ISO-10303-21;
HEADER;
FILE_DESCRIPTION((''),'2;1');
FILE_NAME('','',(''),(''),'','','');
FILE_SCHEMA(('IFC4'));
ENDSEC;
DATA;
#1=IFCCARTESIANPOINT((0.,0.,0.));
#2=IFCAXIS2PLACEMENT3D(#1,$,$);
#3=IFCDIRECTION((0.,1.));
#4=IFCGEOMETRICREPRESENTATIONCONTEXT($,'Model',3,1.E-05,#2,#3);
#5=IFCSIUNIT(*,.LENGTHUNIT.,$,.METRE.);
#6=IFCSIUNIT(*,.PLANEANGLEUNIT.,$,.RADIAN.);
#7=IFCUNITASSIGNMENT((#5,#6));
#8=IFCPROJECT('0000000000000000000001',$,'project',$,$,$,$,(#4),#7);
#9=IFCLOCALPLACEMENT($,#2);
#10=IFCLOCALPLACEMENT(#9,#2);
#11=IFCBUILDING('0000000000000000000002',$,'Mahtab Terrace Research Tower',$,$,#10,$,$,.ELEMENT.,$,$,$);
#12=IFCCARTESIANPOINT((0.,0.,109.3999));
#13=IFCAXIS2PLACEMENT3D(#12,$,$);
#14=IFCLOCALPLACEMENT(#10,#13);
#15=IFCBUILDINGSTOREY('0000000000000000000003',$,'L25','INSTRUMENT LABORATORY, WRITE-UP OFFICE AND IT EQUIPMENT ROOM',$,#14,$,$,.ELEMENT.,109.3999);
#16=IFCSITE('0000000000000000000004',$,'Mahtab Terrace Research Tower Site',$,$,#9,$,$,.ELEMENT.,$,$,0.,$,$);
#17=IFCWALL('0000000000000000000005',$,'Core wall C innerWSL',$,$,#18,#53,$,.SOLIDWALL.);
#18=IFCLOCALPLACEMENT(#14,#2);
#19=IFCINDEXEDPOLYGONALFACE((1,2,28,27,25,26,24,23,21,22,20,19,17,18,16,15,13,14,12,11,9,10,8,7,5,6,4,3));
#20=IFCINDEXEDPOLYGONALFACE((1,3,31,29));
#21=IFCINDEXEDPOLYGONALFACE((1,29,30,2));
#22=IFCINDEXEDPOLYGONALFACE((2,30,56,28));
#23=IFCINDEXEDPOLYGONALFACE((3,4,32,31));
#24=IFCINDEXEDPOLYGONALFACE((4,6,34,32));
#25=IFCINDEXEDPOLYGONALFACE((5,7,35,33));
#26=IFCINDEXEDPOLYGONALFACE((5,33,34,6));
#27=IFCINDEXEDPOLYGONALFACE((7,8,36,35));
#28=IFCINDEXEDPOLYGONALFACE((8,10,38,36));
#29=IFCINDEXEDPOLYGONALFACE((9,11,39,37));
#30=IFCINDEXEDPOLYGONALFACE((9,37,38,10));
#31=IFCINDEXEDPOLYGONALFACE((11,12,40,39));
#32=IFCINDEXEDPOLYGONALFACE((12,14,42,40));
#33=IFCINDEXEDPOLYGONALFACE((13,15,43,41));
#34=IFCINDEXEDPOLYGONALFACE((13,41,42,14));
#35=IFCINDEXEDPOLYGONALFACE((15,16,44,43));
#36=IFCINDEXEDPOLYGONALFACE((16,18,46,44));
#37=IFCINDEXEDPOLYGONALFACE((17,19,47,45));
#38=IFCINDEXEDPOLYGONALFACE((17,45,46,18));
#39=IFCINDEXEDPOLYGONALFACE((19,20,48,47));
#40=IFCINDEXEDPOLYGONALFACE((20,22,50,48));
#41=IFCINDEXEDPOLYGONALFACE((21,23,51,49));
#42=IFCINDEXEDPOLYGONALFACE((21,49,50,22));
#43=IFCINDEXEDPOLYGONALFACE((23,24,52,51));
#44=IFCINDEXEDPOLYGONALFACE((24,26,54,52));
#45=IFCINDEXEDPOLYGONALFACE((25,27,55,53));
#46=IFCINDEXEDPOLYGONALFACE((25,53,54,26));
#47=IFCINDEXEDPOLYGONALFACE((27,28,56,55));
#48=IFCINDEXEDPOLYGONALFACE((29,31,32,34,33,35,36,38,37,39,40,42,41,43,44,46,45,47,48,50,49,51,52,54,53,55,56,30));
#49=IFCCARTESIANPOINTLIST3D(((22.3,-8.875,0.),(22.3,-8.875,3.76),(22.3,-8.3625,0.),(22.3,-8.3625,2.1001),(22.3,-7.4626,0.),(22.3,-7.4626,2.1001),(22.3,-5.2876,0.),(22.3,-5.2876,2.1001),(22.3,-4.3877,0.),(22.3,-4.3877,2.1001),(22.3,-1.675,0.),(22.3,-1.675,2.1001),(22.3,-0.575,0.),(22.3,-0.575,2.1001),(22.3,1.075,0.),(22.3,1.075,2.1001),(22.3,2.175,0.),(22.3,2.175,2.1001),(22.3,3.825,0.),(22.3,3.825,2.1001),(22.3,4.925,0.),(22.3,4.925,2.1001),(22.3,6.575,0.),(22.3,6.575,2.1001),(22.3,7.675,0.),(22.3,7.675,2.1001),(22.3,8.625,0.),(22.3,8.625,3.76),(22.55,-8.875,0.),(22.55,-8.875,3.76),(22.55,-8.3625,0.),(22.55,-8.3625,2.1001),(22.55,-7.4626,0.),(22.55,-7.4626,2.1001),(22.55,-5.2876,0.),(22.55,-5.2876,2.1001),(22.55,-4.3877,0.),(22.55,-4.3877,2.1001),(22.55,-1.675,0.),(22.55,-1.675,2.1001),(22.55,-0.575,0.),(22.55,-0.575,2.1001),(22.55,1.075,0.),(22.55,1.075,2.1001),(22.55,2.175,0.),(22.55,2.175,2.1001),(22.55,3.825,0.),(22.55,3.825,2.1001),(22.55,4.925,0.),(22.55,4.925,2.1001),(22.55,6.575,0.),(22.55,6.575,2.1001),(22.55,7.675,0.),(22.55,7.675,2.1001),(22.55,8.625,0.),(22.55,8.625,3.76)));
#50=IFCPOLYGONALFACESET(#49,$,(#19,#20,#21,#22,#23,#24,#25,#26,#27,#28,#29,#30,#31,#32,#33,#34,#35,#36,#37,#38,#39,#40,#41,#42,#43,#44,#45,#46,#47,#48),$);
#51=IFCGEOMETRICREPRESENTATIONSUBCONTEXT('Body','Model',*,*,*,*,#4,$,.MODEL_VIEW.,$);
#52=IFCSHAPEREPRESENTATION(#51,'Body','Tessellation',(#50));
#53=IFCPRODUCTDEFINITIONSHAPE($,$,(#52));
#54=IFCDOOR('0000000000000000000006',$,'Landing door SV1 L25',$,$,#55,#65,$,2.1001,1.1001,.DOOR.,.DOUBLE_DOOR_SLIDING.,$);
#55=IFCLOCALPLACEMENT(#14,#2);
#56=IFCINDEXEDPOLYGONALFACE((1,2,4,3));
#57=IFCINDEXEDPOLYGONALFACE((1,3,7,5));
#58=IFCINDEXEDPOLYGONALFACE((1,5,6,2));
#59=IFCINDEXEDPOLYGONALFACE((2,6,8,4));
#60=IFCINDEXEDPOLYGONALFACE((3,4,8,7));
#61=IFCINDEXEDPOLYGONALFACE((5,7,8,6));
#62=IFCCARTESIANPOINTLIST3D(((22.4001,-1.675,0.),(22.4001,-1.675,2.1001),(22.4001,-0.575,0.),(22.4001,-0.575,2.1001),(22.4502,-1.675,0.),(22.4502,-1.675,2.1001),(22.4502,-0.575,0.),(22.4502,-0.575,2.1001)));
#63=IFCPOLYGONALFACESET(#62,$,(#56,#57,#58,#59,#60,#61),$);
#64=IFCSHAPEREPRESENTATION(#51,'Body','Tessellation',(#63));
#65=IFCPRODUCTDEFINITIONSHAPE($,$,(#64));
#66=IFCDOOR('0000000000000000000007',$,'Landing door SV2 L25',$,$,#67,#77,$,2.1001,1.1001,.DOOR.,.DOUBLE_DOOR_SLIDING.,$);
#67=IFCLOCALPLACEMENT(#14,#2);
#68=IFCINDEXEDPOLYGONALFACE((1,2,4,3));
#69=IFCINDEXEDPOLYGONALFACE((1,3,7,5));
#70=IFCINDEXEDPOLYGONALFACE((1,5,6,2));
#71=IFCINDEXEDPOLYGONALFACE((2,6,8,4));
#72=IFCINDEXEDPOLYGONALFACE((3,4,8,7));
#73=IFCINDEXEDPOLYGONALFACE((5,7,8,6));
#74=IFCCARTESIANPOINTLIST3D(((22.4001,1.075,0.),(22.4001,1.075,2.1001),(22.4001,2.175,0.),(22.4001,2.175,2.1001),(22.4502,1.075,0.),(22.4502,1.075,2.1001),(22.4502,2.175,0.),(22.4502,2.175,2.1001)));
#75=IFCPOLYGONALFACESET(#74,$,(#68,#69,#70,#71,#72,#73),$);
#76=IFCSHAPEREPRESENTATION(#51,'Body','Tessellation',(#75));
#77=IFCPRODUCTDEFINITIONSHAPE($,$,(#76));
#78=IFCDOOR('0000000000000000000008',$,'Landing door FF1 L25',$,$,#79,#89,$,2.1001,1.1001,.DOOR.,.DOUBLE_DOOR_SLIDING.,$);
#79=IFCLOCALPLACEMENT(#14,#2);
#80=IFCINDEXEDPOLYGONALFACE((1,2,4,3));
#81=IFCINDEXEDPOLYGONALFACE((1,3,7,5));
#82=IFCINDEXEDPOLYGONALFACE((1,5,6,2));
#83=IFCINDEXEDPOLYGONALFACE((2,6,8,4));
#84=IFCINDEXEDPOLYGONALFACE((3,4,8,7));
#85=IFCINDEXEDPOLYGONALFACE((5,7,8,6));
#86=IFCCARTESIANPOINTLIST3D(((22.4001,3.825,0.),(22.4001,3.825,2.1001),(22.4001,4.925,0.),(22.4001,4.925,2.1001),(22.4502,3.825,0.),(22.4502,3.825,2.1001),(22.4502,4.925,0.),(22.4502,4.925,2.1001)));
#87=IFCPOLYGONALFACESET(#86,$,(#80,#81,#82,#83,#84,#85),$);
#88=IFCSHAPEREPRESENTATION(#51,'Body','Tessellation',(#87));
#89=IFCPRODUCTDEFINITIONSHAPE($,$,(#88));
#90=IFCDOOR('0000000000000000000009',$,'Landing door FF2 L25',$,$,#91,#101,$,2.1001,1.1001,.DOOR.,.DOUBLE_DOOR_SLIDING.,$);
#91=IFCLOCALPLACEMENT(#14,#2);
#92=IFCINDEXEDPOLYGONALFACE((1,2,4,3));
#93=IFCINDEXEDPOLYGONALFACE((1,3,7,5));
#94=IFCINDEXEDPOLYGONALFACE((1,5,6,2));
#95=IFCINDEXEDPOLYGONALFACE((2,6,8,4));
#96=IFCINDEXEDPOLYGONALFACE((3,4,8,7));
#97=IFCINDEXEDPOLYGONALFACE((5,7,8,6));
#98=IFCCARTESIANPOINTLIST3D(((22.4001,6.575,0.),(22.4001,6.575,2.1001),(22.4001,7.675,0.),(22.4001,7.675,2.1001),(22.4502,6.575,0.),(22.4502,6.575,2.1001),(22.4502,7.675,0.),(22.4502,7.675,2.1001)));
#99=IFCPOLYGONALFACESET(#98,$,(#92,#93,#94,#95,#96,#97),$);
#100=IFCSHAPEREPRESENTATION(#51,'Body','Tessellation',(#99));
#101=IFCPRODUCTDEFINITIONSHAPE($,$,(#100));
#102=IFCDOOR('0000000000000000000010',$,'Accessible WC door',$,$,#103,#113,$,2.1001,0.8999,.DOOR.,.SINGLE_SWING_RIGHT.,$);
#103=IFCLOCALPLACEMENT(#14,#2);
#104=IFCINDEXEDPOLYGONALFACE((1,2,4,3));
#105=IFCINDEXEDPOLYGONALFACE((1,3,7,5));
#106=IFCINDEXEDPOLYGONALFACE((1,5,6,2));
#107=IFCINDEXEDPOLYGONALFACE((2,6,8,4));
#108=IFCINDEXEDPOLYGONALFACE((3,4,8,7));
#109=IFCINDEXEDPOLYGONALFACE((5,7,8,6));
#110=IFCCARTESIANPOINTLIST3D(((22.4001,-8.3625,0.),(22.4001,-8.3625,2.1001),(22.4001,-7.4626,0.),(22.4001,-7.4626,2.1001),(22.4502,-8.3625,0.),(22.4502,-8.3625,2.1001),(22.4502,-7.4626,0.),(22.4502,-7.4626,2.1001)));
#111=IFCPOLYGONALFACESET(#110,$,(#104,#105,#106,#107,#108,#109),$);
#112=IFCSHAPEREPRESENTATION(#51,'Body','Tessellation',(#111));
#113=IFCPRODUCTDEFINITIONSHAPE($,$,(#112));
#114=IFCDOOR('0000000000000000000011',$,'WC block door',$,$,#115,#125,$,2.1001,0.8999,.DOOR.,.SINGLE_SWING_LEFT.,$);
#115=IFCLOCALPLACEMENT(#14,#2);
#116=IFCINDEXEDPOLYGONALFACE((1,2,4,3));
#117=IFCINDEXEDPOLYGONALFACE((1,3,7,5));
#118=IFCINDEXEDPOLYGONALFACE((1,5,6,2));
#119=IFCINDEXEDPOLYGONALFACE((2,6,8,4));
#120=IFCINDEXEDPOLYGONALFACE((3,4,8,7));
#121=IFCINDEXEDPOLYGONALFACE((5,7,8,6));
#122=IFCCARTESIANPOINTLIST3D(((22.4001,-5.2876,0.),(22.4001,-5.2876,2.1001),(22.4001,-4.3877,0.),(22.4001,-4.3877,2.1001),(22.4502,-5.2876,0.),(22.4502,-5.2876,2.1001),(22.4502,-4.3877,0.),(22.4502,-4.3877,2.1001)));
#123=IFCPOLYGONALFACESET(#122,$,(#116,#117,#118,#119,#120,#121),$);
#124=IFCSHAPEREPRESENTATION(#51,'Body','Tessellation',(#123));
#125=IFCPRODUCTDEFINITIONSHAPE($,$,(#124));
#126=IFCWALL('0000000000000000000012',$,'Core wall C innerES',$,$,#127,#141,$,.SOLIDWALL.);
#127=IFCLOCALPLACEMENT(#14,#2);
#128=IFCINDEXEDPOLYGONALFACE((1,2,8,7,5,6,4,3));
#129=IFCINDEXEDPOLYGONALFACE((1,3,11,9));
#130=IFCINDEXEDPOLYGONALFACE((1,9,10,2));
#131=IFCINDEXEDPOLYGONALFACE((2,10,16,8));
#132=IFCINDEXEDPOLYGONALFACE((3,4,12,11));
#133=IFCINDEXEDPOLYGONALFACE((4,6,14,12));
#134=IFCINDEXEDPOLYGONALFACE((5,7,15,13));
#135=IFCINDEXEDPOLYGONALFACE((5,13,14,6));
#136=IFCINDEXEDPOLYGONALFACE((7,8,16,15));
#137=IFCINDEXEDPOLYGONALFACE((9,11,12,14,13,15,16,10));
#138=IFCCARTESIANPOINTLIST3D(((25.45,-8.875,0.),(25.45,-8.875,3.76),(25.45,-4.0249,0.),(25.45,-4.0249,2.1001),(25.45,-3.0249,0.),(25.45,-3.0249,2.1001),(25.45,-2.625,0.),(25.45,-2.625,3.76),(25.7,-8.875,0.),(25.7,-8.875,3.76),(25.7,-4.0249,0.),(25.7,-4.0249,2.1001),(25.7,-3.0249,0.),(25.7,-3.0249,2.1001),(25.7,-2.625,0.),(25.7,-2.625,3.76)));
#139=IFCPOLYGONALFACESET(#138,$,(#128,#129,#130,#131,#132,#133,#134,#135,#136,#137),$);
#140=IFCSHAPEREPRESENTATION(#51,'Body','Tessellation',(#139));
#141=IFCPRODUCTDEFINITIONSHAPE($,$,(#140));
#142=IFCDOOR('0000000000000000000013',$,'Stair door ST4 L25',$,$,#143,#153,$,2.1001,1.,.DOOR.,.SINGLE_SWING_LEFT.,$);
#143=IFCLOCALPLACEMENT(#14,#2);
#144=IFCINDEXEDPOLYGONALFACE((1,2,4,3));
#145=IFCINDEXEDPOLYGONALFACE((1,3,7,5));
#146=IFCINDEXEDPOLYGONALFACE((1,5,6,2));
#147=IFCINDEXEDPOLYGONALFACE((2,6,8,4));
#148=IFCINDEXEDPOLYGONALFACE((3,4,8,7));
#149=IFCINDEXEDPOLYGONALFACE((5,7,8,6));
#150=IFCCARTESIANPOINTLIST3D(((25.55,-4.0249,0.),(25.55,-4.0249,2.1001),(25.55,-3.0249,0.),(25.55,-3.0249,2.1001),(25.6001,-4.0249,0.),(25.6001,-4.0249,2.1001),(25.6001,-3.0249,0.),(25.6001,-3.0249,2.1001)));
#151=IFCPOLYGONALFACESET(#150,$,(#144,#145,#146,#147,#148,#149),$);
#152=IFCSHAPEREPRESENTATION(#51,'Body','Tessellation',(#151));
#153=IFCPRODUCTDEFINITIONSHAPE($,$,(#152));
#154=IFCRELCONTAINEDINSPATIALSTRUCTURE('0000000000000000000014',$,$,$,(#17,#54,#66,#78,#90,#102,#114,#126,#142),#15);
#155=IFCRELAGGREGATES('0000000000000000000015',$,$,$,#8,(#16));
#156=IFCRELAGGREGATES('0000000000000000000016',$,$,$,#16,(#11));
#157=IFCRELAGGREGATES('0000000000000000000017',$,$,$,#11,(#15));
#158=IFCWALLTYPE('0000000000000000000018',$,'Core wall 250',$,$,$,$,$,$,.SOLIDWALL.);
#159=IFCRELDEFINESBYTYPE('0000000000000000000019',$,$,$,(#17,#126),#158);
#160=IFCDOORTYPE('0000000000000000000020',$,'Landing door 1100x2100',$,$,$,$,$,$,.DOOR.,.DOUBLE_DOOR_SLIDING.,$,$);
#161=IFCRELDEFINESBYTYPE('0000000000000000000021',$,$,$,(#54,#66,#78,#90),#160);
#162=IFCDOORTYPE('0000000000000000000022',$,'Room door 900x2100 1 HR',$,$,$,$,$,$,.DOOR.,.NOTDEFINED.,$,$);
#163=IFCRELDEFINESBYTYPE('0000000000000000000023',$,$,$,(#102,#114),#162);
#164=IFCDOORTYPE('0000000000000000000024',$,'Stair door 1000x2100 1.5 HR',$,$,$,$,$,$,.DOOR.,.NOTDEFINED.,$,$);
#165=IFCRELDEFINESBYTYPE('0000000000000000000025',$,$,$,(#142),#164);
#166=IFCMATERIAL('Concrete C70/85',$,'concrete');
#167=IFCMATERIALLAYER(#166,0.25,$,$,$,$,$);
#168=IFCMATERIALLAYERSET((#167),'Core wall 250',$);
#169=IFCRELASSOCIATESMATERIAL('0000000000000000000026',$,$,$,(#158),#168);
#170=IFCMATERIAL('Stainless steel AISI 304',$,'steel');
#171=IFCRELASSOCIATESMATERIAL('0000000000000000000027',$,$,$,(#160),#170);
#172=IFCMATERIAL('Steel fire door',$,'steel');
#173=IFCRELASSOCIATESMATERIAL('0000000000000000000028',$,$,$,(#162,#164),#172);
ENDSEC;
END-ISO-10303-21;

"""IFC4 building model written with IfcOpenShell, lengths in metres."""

from ifc_helpers import new_model, si_unit, direction, frame, frame_2d, origin, place, context, subcontext, project, spatial, rectangle, extrude, material, layer, layer_set, type_object, element, fill, save


model = new_model("IFC4")

# Units and contexts
model_context = context("Model", 3, precision=1e-05, world=origin(), true_north=direction((0.0, 1.0)))
body_context = subcontext(model_context, "Body", "Model", "MODEL_VIEW")
ifc_project = project(units=[si_unit("LENGTHUNIT", "METRE"), si_unit("PLANEANGLEUNIT", "RADIAN")], contexts=[model_context])

# Site, building, storey
site_placement = place(None, origin())
site = spatial("IfcSite", under=ifc_project, at=site_placement, Name="Mahtab Terrace Research Tower Site", CompositionType="ELEMENT", RefElevation=0.0)
building_placement = place(site_placement, origin())
building = spatial("IfcBuilding", under=site, at=building_placement, Name="Mahtab Terrace Research Tower", CompositionType="ELEMENT")
storey_placement = place(building_placement, frame((0.0, 0.0, 109.3999)))
storey = spatial("IfcBuildingStorey", under=building, at=storey_placement, Name="L25", Description="INSTRUMENT LABORATORY, WRITE-UP OFFICE AND IT EQUIPMENT ROOM", CompositionType="ELEMENT", Elevation=109.3999)

# Shared definitions
ifc_material_1 = material(Name="Concrete C70/85", Category="concrete")

# Wall, openings, doors
ifc_layer_1 = layer(ifc_material_1, 0.25)
ifc_layer_set_1 = layer_set([ifc_layer_1], Name="Core wall 250")
wall_type_1 = type_object("IfcWallType", Name="Core wall 250", PredefinedType="SOLIDWALL", material=ifc_layer_set_1)
wall_1_placement = place(storey_placement, frame((22.425, -8.875, 0.0), z_axis=(0.0, 0.0, 1.0), x_axis=(0.0, 1.0, 0.0)))
wall_1 = element("IfcWall", 1, at=wall_1_placement, inside=storey, type_object=wall_type_1, Name="Core wall C innerWSL", PredefinedType="SOLIDWALL", context=body_context, shape_type="SweptSolid", body=[
    extrude(rectangle(XDim=17.5, YDim=0.25, at=frame_2d((8.75, 0.0))), origin(), (0.0, 0.0, 1.0), 3.76),
])
opening_1_placement = place(wall_1_placement, frame((7.2, 0.0, 0.0)))
opening_1 = element("IfcOpeningElement", 2, at=opening_1_placement, cuts=wall_1, PredefinedType="OPENING", context=body_context, shape_type="SweptSolid", body=[
    extrude(rectangle(XDim=1.1001, YDim=2.1001, at=frame_2d((0.55, 1.05))), frame((0.0, 0.135, 0.0), z_axis=(0.0, -1.0, 0.0), x_axis=(1.0, 0.0, 0.0)), (0.0, 0.0, 1.0), 0.27),
])
opening_2_placement = place(wall_1_placement, frame((9.95, 0.0, 0.0)))
opening_2 = element("IfcOpeningElement", 3, at=opening_2_placement, cuts=wall_1, PredefinedType="OPENING", context=body_context, shape_type="SweptSolid", body=[
    extrude(rectangle(XDim=1.1001, YDim=2.1001, at=frame_2d((0.55, 1.05))), frame((0.0, 0.135, 0.0), z_axis=(0.0, -1.0, 0.0), x_axis=(1.0, 0.0, 0.0)), (0.0, 0.0, 1.0), 0.27),
])
opening_3_placement = place(wall_1_placement, frame((12.7, 0.0, 0.0)))
opening_3 = element("IfcOpeningElement", 4, at=opening_3_placement, cuts=wall_1, PredefinedType="OPENING", context=body_context, shape_type="SweptSolid", body=[
    extrude(rectangle(XDim=1.1001, YDim=2.1001, at=frame_2d((0.55, 1.05))), frame((0.0, 0.135, 0.0), z_axis=(0.0, -1.0, 0.0), x_axis=(1.0, 0.0, 0.0)), (0.0, 0.0, 1.0), 0.27),
])
opening_4_placement = place(wall_1_placement, frame((15.45, 0.0, 0.0)))
opening_4 = element("IfcOpeningElement", 5, at=opening_4_placement, cuts=wall_1, PredefinedType="OPENING", context=body_context, shape_type="SweptSolid", body=[
    extrude(rectangle(XDim=1.1001, YDim=2.1001, at=frame_2d((0.55, 1.05))), frame((0.0, 0.135, 0.0), z_axis=(0.0, -1.0, 0.0), x_axis=(1.0, 0.0, 0.0)), (0.0, 0.0, 1.0), 0.27),
])
opening_5_placement = place(wall_1_placement, frame((0.5125, 0.0, 0.0)))
opening_5 = element("IfcOpeningElement", 6, at=opening_5_placement, cuts=wall_1, PredefinedType="OPENING", context=body_context, shape_type="SweptSolid", body=[
    extrude(rectangle(XDim=0.8999, YDim=2.1001, at=frame_2d((0.45, 1.05))), frame((0.0, 0.135, 0.0), z_axis=(0.0, -1.0, 0.0), x_axis=(1.0, 0.0, 0.0)), (0.0, 0.0, 1.0), 0.27),
])
opening_6_placement = place(wall_1_placement, frame((3.5874, 0.0, 0.0)))
opening_6 = element("IfcOpeningElement", 7, at=opening_6_placement, cuts=wall_1, PredefinedType="OPENING", context=body_context, shape_type="SweptSolid", body=[
    extrude(rectangle(XDim=0.8999, YDim=2.1001, at=frame_2d((0.45, 1.05))), frame((0.0, 0.135, 0.0), z_axis=(0.0, -1.0, 0.0), x_axis=(1.0, 0.0, 0.0)), (0.0, 0.0, 1.0), 0.27),
])
ifc_material_2 = material(Name="Stainless steel AISI 304", Category="steel")
door_type_1 = type_object("IfcDoorType", Name="Landing door 1100x2100", OperationType="DOUBLE_DOOR_SLIDING", PredefinedType="DOOR", material=ifc_material_2)
door_1_placement = place(opening_1_placement, origin())
door_1 = element("IfcDoor", 8, at=door_1_placement, inside=storey, type_object=door_type_1, Name="Landing door SV1 L25", OperationType="DOUBLE_DOOR_SLIDING", OverallHeight=2.1001, OverallWidth=1.1001, PredefinedType="DOOR", context=body_context, shape_type="SweptSolid", body=[
    extrude(rectangle(XDim=1.1001, YDim=2.1001, at=frame_2d((0.55, 1.05))), frame((0.0, 0.0249, 0.0), z_axis=(0.0, -1.0, 0.0), x_axis=(1.0, 0.0, 0.0)), (0.0, 0.0, 1.0), 0.05),
])
fill(opening_1, door_1)
door_2_placement = place(opening_2_placement, origin())
door_2 = element("IfcDoor", 9, at=door_2_placement, inside=storey, type_object=door_type_1, Name="Landing door SV2 L25", OperationType="DOUBLE_DOOR_SLIDING", OverallHeight=2.1001, OverallWidth=1.1001, PredefinedType="DOOR", context=body_context, shape_type="SweptSolid", body=[
    extrude(rectangle(XDim=1.1001, YDim=2.1001, at=frame_2d((0.55, 1.05))), frame((0.0, 0.0249, 0.0), z_axis=(0.0, -1.0, 0.0), x_axis=(1.0, 0.0, 0.0)), (0.0, 0.0, 1.0), 0.05),
])
fill(opening_2, door_2)
door_3_placement = place(opening_3_placement, origin())
door_3 = element("IfcDoor", 10, at=door_3_placement, inside=storey, type_object=door_type_1, Name="Landing door FF1 L25", OperationType="DOUBLE_DOOR_SLIDING", OverallHeight=2.1001, OverallWidth=1.1001, PredefinedType="DOOR", context=body_context, shape_type="SweptSolid", body=[
    extrude(rectangle(XDim=1.1001, YDim=2.1001, at=frame_2d((0.55, 1.05))), frame((0.0, 0.0249, 0.0), z_axis=(0.0, -1.0, 0.0), x_axis=(1.0, 0.0, 0.0)), (0.0, 0.0, 1.0), 0.05),
])
fill(opening_3, door_3)
door_4_placement = place(opening_4_placement, origin())
door_4 = element("IfcDoor", 11, at=door_4_placement, inside=storey, type_object=door_type_1, Name="Landing door FF2 L25", OperationType="DOUBLE_DOOR_SLIDING", OverallHeight=2.1001, OverallWidth=1.1001, PredefinedType="DOOR", context=body_context, shape_type="SweptSolid", body=[
    extrude(rectangle(XDim=1.1001, YDim=2.1001, at=frame_2d((0.55, 1.05))), frame((0.0, 0.0249, 0.0), z_axis=(0.0, -1.0, 0.0), x_axis=(1.0, 0.0, 0.0)), (0.0, 0.0, 1.0), 0.05),
])
fill(opening_4, door_4)
ifc_material_3 = material(Name="Steel fire door", Category="steel")
door_type_2 = type_object("IfcDoorType", Name="Room door 900x2100 1 HR", OperationType="NOTDEFINED", PredefinedType="DOOR", material=ifc_material_3)
door_5_placement = place(opening_5_placement, origin())
door_5 = element("IfcDoor", 12, at=door_5_placement, inside=storey, type_object=door_type_2, Name="Accessible WC door", OperationType="SINGLE_SWING_RIGHT", OverallHeight=2.1001, OverallWidth=0.8999, PredefinedType="DOOR", context=body_context, shape_type="SweptSolid", body=[
    extrude(rectangle(XDim=0.8999, YDim=2.1001, at=frame_2d((0.45, 1.05))), frame((0.0, 0.0249, 0.0), z_axis=(0.0, -1.0, 0.0), x_axis=(1.0, 0.0, 0.0)), (0.0, 0.0, 1.0), 0.05),
])
fill(opening_5, door_5)
door_6_placement = place(opening_6_placement, origin())
door_6 = element("IfcDoor", 13, at=door_6_placement, inside=storey, type_object=door_type_2, Name="WC block door", OperationType="SINGLE_SWING_LEFT", OverallHeight=2.1001, OverallWidth=0.8999, PredefinedType="DOOR", context=body_context, shape_type="SweptSolid", body=[
    extrude(rectangle(XDim=0.8999, YDim=2.1001, at=frame_2d((0.45, 1.05))), frame((0.0, 0.0249, 0.0), z_axis=(0.0, -1.0, 0.0), x_axis=(1.0, 0.0, 0.0)), (0.0, 0.0, 1.0), 0.05),
])
fill(opening_6, door_6)

# Wall, opening, door
wall_2_placement = place(storey_placement, frame((25.575, -8.875, 0.0), z_axis=(0.0, 0.0, 1.0), x_axis=(0.0, 1.0, 0.0)))
wall_2 = element("IfcWall", 14, at=wall_2_placement, inside=storey, type_object=wall_type_1, Name="Core wall C innerES", PredefinedType="SOLIDWALL", context=body_context, shape_type="SweptSolid", body=[
    extrude(rectangle(XDim=6.25, YDim=0.25, at=frame_2d((3.125, 0.0))), origin(), (0.0, 0.0, 1.0), 3.76),
])
opening_7_placement = place(wall_2_placement, frame((4.8501, 0.0, 0.0)))
opening_7 = element("IfcOpeningElement", 15, at=opening_7_placement, cuts=wall_2, PredefinedType="OPENING", context=body_context, shape_type="SweptSolid", body=[
    extrude(rectangle(XDim=1.0, YDim=2.1001, at=frame_2d((0.5, 1.05))), frame((0.0, 0.135, 0.0), z_axis=(0.0, -1.0, 0.0), x_axis=(1.0, 0.0, 0.0)), (0.0, 0.0, 1.0), 0.27),
])
door_type_3 = type_object("IfcDoorType", Name="Stair door 1000x2100 1.5 HR", OperationType="NOTDEFINED", PredefinedType="DOOR", material=ifc_material_3)
door_7_placement = place(opening_7_placement, origin())
door_7 = element("IfcDoor", 16, at=door_7_placement, inside=storey, type_object=door_type_3, Name="Stair door ST4 L25", OperationType="SINGLE_SWING_LEFT", OverallHeight=2.1001, OverallWidth=1.0, PredefinedType="DOOR", context=body_context, shape_type="SweptSolid", body=[
    extrude(rectangle(XDim=1.0, YDim=2.1001, at=frame_2d((0.5, 1.05))), frame((0.0, 0.0249, 0.0), z_axis=(0.0, -1.0, 0.0), x_axis=(1.0, 0.0, 0.0)), (0.0, 0.0, 1.0), 0.05),
])
fill(opening_7, door_7)

save(model, "model.ifc")
